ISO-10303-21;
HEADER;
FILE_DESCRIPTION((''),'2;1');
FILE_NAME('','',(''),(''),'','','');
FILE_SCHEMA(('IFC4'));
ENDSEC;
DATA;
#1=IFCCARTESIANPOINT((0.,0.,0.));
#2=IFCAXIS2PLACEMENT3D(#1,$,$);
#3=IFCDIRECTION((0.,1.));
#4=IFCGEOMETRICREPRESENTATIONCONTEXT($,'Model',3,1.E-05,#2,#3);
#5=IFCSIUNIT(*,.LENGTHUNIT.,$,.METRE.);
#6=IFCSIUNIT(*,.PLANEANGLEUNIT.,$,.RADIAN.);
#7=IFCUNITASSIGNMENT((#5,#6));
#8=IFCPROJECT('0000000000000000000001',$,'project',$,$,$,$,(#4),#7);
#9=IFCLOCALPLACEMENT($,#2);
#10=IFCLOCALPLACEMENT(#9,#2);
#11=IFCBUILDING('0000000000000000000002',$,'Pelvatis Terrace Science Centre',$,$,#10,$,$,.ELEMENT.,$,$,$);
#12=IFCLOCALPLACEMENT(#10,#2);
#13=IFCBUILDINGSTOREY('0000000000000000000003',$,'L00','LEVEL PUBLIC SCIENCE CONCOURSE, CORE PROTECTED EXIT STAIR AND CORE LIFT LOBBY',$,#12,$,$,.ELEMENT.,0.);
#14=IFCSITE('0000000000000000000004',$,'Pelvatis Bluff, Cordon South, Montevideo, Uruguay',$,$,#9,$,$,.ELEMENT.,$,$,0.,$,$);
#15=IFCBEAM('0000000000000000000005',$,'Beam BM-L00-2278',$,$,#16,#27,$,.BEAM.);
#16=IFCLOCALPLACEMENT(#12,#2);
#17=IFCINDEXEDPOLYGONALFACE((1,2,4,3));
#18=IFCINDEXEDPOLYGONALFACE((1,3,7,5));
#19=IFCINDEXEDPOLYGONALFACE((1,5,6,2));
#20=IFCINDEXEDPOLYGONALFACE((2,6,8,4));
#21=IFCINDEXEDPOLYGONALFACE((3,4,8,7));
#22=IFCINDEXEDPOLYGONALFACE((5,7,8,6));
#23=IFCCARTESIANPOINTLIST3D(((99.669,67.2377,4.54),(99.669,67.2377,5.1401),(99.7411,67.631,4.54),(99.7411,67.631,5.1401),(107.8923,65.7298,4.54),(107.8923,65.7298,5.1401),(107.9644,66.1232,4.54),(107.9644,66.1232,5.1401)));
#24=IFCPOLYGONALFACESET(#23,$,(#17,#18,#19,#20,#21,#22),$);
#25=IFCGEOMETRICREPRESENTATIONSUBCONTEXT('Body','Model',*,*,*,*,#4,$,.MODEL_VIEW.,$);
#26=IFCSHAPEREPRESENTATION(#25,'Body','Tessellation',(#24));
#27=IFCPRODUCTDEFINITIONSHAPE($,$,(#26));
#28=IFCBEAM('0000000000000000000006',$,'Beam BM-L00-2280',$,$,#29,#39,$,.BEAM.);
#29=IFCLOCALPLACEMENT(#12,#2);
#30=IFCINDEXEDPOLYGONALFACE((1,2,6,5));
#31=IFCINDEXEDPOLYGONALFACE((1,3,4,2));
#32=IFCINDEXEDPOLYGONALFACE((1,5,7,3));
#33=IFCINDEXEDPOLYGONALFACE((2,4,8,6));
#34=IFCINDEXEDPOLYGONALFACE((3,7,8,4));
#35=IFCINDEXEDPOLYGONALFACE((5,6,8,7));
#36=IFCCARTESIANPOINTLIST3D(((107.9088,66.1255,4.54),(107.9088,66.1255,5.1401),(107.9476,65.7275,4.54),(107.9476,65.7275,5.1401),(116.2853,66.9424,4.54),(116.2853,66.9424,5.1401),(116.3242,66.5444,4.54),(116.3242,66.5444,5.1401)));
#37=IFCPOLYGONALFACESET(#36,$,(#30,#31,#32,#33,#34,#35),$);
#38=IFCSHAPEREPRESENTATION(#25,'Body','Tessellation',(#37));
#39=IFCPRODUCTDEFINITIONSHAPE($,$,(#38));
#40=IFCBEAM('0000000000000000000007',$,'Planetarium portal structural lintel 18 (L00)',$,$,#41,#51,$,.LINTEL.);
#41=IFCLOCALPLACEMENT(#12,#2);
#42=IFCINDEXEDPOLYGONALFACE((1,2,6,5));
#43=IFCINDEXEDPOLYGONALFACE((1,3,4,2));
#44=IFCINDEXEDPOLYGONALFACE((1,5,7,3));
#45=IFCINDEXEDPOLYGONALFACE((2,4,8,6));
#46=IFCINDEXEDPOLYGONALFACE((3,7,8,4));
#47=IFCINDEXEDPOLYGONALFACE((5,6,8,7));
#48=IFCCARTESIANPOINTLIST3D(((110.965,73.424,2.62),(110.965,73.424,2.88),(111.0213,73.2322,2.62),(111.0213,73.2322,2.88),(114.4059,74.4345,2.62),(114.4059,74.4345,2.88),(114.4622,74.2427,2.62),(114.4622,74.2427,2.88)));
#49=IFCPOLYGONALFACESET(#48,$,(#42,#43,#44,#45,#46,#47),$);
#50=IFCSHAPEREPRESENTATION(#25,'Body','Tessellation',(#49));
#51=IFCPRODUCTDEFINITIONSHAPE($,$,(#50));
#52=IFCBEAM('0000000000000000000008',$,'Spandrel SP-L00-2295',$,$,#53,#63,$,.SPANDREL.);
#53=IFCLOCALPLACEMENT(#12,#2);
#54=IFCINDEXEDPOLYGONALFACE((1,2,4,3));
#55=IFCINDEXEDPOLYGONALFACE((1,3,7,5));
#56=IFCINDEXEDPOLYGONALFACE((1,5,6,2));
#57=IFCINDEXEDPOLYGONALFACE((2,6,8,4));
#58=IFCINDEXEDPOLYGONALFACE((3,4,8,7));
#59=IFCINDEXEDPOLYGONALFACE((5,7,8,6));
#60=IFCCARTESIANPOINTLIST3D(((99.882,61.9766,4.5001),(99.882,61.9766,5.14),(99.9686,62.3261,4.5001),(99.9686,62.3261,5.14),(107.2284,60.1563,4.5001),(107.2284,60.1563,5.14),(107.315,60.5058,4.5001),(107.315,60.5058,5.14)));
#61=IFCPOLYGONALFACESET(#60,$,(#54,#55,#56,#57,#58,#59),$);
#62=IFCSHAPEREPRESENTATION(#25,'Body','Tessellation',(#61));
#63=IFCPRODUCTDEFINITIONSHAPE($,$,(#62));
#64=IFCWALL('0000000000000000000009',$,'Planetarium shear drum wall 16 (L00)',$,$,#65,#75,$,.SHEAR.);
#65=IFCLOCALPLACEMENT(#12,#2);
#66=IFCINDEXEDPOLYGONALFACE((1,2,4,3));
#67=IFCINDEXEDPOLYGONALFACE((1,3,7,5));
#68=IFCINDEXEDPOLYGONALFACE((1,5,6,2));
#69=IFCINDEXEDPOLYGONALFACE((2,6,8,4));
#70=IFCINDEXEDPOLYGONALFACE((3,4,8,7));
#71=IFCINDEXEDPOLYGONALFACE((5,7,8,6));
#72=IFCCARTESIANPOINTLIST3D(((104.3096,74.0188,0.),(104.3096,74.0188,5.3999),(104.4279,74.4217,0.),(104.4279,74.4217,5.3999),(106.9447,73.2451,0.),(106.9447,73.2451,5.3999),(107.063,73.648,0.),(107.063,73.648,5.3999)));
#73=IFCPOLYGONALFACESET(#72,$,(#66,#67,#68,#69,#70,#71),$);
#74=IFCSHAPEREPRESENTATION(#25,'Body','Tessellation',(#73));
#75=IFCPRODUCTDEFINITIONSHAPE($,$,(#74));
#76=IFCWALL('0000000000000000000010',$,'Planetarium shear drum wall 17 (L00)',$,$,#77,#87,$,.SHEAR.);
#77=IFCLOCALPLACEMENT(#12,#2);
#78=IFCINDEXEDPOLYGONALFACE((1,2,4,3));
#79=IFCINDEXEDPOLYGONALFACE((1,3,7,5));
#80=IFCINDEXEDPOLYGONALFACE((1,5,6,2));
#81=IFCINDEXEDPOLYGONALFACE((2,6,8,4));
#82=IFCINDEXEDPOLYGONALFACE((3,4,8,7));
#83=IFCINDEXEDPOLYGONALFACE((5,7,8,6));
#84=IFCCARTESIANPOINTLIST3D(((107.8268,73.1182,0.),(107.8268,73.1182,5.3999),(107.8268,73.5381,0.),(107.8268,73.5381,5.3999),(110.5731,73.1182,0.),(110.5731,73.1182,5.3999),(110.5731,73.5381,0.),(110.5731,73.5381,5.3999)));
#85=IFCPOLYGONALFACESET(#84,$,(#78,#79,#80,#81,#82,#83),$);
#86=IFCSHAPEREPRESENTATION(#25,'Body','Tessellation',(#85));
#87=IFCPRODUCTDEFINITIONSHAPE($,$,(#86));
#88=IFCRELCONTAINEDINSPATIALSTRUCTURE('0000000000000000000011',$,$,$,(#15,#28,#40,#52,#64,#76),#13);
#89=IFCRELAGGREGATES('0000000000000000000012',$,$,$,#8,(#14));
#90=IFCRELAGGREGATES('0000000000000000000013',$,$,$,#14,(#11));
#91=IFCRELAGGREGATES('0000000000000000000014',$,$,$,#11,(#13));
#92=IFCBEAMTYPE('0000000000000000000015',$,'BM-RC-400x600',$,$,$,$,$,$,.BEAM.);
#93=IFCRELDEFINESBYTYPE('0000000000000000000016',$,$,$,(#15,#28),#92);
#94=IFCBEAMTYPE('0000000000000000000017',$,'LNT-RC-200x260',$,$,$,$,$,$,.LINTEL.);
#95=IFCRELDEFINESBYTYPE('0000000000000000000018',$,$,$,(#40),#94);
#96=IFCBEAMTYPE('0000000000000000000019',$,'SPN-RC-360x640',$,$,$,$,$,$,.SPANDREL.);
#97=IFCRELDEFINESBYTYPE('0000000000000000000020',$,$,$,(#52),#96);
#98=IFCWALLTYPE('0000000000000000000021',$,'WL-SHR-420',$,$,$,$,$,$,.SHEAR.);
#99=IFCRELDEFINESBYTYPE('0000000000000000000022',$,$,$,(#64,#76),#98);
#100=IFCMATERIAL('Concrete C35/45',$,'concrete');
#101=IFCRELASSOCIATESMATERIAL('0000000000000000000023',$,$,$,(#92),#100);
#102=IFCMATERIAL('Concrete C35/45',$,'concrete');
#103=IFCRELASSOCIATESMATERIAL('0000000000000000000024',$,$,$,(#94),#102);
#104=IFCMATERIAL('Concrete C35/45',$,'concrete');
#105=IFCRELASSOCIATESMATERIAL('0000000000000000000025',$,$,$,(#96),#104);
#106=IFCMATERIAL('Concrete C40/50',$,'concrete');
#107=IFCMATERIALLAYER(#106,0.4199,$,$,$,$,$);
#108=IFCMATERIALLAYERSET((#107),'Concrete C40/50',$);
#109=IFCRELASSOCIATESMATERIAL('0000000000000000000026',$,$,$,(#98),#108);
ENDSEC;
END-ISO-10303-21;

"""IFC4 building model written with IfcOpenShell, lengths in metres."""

from ifc_helpers import new_model, si_unit, direction, frame, frame_2d, origin, origin_2d, place, context, subcontext, project, spatial, rectangle, extrude, material, layer, layer_set, material_profile, profile_set, type_object, element, save


model = new_model("IFC4")

# Units and contexts
model_context = context("Model", 3, precision=1e-05, world=origin(), true_north=direction((0.0, 1.0)))
body_context = subcontext(model_context, "Body", "Model", "MODEL_VIEW")
ifc_project = project(units=[si_unit("LENGTHUNIT", "METRE"), si_unit("PLANEANGLEUNIT", "RADIAN")], contexts=[model_context])

# Site, building, storey
site_placement = place(None, origin())
site = spatial("IfcSite", under=ifc_project, at=site_placement, Name="Pelvatis Bluff, Cordon South, Montevideo, Uruguay", CompositionType="ELEMENT", RefElevation=0.0)
building_placement = place(site_placement, origin())
building = spatial("IfcBuilding", under=site, at=building_placement, Name="Pelvatis Terrace Science Centre", CompositionType="ELEMENT")
storey_placement = place(building_placement, origin())
storey = spatial("IfcBuildingStorey", under=building, at=storey_placement, Name="L00", Description="LEVEL PUBLIC SCIENCE CONCOURSE, CORE PROTECTED EXIT STAIR AND CORE LIFT LOBBY", CompositionType="ELEMENT", Elevation=0.0)

# Beams
ifc_material_1 = material(Name="Concrete C35/45", Category="concrete")
ifc_material_profile_1 = material_profile(ifc_material_1, rectangle(XDim=0.3999, YDim=0.6001, at=origin_2d()), Name="RC-BM 400x600")
ifc_profile_set_1 = profile_set([ifc_material_profile_1], Name="Concrete C35/45")
beam_type_1 = type_object("IfcBeamType", Name="BM-RC-400x600", PredefinedType="BEAM", material=ifc_profile_set_1)
beam_1_placement = place(storey_placement, frame((99.7051, 67.4343, 4.8401), z_axis=(0.983602, -0.180355, 0.0), x_axis=(0.180355, 0.983602, 0.0)))
element("IfcBeam", 1, at=beam_1_placement, inside=storey, type_object=beam_type_1, Name="Beam BM-L00-2278", PredefinedType="BEAM", context=body_context, shape_type="SweptSolid", body=[
    extrude(rectangle(XDim=0.3999, YDim=0.6001, at=origin_2d()), origin(), (0.0, 0.0, 1.0), 8.3604),
])
beam_2_placement = place(storey_placement, frame((107.9282, 65.9265, 4.8401), z_axis=(0.995278, 0.097062, 0.0), x_axis=(-0.097062, 0.995278, 0.0)))
element("IfcBeam", 2, at=beam_2_placement, inside=storey, type_object=beam_type_1, Name="Beam BM-L00-2280", PredefinedType="BEAM", context=body_context, shape_type="SweptSolid", body=[
    extrude(rectangle(XDim=0.3999, YDim=0.6001, at=origin_2d()), origin(), (0.0, 0.0, 1.0), 8.4163),
])
ifc_material_2 = material(Name="Concrete C35/45", Category="concrete")
ifc_material_profile_2 = material_profile(ifc_material_2, rectangle(XDim=0.2, YDim=0.26, at=origin_2d()), Name="RC-LNT 200x260")
ifc_profile_set_2 = profile_set([ifc_material_profile_2], Name="Concrete C35/45")
beam_type_2 = type_object("IfcBeamType", Name="LNT-RC-200x260", PredefinedType="LINTEL", material=ifc_profile_set_2)
beam_3_placement = place(storey_placement, frame((110.9932, 73.3281, 2.75), z_axis=(0.959481, 0.281772, 0.0), x_axis=(-0.281772, 0.959481, 0.0)))
element("IfcBeam", 3, at=beam_3_placement, inside=storey, type_object=beam_type_2, Name="Planetarium portal structural lintel 18 (L00)", PredefinedType="LINTEL", context=body_context, shape_type="SweptSolid", body=[
    extrude(rectangle(XDim=0.2, YDim=0.26, at=origin_2d()), origin(), (0.0, 0.0, 1.0), 3.5862),
])
ifc_material_3 = material(Name="Concrete C35/45", Category="concrete")
ifc_material_profile_3 = material_profile(ifc_material_3, rectangle(XDim=0.3601, YDim=0.6399, at=origin_2d()), Name="RC-SPN 360x640")
ifc_profile_set_3 = profile_set([ifc_material_profile_3], Name="Concrete C35/45")
beam_type_3 = type_object("IfcBeamType", Name="SPN-RC-360x640", PredefinedType="SPANDREL", material=ifc_profile_set_3)
beam_4_placement = place(storey_placement, frame((99.9253, 62.1514, 4.8201), z_axis=(0.970647, -0.240509, 0.0), x_axis=(0.240509, 0.970647, 0.0)))
element("IfcBeam", 4, at=beam_4_placement, inside=storey, type_object=beam_type_3, Name="Spandrel SP-L00-2295", PredefinedType="SPANDREL", context=body_context, shape_type="SweptSolid", body=[
    extrude(rectangle(XDim=0.3601, YDim=0.6399, at=origin_2d()), origin(), (0.0, 0.0, 1.0), 7.5686),
])

# Walls
ifc_material_4 = material(Name="Concrete C40/50", Category="concrete")
ifc_layer_1 = layer(ifc_material_4, 0.4199)
ifc_layer_set_1 = layer_set([ifc_layer_1], Name="Concrete C40/50")
wall_type = type_object("IfcWallType", Name="WL-SHR-420", PredefinedType="SHEAR", material=ifc_layer_set_1)
for number, where, z_axis, x_axis, name in (
    (5, (104.3689, 74.2202, 0.0), (0.0, 0.0, 1.0), (0.959496, -0.281723, 0.0), "Planetarium shear drum wall 16 (L00)"),
    (6, (107.8269, 73.3281, 0.0), (0.0, 0.0, 1.0), (1.0, 0.0, 0.0), "Planetarium shear drum wall 17 (L00)"),
):
    element("IfcWall", number, at=place(storey_placement, frame(where, z_axis=z_axis, x_axis=x_axis)), inside=storey, type_object=wall_type, Name=name, PredefinedType="SHEAR", context=body_context, shape_type="SweptSolid", body=[
        extrude(rectangle(XDim=2.7463, YDim=0.4199, at=frame_2d((1.373, 0.0))), origin(), (0.0, 0.0, 1.0), 5.3999),
    ])

save(model, "model.ifc")
